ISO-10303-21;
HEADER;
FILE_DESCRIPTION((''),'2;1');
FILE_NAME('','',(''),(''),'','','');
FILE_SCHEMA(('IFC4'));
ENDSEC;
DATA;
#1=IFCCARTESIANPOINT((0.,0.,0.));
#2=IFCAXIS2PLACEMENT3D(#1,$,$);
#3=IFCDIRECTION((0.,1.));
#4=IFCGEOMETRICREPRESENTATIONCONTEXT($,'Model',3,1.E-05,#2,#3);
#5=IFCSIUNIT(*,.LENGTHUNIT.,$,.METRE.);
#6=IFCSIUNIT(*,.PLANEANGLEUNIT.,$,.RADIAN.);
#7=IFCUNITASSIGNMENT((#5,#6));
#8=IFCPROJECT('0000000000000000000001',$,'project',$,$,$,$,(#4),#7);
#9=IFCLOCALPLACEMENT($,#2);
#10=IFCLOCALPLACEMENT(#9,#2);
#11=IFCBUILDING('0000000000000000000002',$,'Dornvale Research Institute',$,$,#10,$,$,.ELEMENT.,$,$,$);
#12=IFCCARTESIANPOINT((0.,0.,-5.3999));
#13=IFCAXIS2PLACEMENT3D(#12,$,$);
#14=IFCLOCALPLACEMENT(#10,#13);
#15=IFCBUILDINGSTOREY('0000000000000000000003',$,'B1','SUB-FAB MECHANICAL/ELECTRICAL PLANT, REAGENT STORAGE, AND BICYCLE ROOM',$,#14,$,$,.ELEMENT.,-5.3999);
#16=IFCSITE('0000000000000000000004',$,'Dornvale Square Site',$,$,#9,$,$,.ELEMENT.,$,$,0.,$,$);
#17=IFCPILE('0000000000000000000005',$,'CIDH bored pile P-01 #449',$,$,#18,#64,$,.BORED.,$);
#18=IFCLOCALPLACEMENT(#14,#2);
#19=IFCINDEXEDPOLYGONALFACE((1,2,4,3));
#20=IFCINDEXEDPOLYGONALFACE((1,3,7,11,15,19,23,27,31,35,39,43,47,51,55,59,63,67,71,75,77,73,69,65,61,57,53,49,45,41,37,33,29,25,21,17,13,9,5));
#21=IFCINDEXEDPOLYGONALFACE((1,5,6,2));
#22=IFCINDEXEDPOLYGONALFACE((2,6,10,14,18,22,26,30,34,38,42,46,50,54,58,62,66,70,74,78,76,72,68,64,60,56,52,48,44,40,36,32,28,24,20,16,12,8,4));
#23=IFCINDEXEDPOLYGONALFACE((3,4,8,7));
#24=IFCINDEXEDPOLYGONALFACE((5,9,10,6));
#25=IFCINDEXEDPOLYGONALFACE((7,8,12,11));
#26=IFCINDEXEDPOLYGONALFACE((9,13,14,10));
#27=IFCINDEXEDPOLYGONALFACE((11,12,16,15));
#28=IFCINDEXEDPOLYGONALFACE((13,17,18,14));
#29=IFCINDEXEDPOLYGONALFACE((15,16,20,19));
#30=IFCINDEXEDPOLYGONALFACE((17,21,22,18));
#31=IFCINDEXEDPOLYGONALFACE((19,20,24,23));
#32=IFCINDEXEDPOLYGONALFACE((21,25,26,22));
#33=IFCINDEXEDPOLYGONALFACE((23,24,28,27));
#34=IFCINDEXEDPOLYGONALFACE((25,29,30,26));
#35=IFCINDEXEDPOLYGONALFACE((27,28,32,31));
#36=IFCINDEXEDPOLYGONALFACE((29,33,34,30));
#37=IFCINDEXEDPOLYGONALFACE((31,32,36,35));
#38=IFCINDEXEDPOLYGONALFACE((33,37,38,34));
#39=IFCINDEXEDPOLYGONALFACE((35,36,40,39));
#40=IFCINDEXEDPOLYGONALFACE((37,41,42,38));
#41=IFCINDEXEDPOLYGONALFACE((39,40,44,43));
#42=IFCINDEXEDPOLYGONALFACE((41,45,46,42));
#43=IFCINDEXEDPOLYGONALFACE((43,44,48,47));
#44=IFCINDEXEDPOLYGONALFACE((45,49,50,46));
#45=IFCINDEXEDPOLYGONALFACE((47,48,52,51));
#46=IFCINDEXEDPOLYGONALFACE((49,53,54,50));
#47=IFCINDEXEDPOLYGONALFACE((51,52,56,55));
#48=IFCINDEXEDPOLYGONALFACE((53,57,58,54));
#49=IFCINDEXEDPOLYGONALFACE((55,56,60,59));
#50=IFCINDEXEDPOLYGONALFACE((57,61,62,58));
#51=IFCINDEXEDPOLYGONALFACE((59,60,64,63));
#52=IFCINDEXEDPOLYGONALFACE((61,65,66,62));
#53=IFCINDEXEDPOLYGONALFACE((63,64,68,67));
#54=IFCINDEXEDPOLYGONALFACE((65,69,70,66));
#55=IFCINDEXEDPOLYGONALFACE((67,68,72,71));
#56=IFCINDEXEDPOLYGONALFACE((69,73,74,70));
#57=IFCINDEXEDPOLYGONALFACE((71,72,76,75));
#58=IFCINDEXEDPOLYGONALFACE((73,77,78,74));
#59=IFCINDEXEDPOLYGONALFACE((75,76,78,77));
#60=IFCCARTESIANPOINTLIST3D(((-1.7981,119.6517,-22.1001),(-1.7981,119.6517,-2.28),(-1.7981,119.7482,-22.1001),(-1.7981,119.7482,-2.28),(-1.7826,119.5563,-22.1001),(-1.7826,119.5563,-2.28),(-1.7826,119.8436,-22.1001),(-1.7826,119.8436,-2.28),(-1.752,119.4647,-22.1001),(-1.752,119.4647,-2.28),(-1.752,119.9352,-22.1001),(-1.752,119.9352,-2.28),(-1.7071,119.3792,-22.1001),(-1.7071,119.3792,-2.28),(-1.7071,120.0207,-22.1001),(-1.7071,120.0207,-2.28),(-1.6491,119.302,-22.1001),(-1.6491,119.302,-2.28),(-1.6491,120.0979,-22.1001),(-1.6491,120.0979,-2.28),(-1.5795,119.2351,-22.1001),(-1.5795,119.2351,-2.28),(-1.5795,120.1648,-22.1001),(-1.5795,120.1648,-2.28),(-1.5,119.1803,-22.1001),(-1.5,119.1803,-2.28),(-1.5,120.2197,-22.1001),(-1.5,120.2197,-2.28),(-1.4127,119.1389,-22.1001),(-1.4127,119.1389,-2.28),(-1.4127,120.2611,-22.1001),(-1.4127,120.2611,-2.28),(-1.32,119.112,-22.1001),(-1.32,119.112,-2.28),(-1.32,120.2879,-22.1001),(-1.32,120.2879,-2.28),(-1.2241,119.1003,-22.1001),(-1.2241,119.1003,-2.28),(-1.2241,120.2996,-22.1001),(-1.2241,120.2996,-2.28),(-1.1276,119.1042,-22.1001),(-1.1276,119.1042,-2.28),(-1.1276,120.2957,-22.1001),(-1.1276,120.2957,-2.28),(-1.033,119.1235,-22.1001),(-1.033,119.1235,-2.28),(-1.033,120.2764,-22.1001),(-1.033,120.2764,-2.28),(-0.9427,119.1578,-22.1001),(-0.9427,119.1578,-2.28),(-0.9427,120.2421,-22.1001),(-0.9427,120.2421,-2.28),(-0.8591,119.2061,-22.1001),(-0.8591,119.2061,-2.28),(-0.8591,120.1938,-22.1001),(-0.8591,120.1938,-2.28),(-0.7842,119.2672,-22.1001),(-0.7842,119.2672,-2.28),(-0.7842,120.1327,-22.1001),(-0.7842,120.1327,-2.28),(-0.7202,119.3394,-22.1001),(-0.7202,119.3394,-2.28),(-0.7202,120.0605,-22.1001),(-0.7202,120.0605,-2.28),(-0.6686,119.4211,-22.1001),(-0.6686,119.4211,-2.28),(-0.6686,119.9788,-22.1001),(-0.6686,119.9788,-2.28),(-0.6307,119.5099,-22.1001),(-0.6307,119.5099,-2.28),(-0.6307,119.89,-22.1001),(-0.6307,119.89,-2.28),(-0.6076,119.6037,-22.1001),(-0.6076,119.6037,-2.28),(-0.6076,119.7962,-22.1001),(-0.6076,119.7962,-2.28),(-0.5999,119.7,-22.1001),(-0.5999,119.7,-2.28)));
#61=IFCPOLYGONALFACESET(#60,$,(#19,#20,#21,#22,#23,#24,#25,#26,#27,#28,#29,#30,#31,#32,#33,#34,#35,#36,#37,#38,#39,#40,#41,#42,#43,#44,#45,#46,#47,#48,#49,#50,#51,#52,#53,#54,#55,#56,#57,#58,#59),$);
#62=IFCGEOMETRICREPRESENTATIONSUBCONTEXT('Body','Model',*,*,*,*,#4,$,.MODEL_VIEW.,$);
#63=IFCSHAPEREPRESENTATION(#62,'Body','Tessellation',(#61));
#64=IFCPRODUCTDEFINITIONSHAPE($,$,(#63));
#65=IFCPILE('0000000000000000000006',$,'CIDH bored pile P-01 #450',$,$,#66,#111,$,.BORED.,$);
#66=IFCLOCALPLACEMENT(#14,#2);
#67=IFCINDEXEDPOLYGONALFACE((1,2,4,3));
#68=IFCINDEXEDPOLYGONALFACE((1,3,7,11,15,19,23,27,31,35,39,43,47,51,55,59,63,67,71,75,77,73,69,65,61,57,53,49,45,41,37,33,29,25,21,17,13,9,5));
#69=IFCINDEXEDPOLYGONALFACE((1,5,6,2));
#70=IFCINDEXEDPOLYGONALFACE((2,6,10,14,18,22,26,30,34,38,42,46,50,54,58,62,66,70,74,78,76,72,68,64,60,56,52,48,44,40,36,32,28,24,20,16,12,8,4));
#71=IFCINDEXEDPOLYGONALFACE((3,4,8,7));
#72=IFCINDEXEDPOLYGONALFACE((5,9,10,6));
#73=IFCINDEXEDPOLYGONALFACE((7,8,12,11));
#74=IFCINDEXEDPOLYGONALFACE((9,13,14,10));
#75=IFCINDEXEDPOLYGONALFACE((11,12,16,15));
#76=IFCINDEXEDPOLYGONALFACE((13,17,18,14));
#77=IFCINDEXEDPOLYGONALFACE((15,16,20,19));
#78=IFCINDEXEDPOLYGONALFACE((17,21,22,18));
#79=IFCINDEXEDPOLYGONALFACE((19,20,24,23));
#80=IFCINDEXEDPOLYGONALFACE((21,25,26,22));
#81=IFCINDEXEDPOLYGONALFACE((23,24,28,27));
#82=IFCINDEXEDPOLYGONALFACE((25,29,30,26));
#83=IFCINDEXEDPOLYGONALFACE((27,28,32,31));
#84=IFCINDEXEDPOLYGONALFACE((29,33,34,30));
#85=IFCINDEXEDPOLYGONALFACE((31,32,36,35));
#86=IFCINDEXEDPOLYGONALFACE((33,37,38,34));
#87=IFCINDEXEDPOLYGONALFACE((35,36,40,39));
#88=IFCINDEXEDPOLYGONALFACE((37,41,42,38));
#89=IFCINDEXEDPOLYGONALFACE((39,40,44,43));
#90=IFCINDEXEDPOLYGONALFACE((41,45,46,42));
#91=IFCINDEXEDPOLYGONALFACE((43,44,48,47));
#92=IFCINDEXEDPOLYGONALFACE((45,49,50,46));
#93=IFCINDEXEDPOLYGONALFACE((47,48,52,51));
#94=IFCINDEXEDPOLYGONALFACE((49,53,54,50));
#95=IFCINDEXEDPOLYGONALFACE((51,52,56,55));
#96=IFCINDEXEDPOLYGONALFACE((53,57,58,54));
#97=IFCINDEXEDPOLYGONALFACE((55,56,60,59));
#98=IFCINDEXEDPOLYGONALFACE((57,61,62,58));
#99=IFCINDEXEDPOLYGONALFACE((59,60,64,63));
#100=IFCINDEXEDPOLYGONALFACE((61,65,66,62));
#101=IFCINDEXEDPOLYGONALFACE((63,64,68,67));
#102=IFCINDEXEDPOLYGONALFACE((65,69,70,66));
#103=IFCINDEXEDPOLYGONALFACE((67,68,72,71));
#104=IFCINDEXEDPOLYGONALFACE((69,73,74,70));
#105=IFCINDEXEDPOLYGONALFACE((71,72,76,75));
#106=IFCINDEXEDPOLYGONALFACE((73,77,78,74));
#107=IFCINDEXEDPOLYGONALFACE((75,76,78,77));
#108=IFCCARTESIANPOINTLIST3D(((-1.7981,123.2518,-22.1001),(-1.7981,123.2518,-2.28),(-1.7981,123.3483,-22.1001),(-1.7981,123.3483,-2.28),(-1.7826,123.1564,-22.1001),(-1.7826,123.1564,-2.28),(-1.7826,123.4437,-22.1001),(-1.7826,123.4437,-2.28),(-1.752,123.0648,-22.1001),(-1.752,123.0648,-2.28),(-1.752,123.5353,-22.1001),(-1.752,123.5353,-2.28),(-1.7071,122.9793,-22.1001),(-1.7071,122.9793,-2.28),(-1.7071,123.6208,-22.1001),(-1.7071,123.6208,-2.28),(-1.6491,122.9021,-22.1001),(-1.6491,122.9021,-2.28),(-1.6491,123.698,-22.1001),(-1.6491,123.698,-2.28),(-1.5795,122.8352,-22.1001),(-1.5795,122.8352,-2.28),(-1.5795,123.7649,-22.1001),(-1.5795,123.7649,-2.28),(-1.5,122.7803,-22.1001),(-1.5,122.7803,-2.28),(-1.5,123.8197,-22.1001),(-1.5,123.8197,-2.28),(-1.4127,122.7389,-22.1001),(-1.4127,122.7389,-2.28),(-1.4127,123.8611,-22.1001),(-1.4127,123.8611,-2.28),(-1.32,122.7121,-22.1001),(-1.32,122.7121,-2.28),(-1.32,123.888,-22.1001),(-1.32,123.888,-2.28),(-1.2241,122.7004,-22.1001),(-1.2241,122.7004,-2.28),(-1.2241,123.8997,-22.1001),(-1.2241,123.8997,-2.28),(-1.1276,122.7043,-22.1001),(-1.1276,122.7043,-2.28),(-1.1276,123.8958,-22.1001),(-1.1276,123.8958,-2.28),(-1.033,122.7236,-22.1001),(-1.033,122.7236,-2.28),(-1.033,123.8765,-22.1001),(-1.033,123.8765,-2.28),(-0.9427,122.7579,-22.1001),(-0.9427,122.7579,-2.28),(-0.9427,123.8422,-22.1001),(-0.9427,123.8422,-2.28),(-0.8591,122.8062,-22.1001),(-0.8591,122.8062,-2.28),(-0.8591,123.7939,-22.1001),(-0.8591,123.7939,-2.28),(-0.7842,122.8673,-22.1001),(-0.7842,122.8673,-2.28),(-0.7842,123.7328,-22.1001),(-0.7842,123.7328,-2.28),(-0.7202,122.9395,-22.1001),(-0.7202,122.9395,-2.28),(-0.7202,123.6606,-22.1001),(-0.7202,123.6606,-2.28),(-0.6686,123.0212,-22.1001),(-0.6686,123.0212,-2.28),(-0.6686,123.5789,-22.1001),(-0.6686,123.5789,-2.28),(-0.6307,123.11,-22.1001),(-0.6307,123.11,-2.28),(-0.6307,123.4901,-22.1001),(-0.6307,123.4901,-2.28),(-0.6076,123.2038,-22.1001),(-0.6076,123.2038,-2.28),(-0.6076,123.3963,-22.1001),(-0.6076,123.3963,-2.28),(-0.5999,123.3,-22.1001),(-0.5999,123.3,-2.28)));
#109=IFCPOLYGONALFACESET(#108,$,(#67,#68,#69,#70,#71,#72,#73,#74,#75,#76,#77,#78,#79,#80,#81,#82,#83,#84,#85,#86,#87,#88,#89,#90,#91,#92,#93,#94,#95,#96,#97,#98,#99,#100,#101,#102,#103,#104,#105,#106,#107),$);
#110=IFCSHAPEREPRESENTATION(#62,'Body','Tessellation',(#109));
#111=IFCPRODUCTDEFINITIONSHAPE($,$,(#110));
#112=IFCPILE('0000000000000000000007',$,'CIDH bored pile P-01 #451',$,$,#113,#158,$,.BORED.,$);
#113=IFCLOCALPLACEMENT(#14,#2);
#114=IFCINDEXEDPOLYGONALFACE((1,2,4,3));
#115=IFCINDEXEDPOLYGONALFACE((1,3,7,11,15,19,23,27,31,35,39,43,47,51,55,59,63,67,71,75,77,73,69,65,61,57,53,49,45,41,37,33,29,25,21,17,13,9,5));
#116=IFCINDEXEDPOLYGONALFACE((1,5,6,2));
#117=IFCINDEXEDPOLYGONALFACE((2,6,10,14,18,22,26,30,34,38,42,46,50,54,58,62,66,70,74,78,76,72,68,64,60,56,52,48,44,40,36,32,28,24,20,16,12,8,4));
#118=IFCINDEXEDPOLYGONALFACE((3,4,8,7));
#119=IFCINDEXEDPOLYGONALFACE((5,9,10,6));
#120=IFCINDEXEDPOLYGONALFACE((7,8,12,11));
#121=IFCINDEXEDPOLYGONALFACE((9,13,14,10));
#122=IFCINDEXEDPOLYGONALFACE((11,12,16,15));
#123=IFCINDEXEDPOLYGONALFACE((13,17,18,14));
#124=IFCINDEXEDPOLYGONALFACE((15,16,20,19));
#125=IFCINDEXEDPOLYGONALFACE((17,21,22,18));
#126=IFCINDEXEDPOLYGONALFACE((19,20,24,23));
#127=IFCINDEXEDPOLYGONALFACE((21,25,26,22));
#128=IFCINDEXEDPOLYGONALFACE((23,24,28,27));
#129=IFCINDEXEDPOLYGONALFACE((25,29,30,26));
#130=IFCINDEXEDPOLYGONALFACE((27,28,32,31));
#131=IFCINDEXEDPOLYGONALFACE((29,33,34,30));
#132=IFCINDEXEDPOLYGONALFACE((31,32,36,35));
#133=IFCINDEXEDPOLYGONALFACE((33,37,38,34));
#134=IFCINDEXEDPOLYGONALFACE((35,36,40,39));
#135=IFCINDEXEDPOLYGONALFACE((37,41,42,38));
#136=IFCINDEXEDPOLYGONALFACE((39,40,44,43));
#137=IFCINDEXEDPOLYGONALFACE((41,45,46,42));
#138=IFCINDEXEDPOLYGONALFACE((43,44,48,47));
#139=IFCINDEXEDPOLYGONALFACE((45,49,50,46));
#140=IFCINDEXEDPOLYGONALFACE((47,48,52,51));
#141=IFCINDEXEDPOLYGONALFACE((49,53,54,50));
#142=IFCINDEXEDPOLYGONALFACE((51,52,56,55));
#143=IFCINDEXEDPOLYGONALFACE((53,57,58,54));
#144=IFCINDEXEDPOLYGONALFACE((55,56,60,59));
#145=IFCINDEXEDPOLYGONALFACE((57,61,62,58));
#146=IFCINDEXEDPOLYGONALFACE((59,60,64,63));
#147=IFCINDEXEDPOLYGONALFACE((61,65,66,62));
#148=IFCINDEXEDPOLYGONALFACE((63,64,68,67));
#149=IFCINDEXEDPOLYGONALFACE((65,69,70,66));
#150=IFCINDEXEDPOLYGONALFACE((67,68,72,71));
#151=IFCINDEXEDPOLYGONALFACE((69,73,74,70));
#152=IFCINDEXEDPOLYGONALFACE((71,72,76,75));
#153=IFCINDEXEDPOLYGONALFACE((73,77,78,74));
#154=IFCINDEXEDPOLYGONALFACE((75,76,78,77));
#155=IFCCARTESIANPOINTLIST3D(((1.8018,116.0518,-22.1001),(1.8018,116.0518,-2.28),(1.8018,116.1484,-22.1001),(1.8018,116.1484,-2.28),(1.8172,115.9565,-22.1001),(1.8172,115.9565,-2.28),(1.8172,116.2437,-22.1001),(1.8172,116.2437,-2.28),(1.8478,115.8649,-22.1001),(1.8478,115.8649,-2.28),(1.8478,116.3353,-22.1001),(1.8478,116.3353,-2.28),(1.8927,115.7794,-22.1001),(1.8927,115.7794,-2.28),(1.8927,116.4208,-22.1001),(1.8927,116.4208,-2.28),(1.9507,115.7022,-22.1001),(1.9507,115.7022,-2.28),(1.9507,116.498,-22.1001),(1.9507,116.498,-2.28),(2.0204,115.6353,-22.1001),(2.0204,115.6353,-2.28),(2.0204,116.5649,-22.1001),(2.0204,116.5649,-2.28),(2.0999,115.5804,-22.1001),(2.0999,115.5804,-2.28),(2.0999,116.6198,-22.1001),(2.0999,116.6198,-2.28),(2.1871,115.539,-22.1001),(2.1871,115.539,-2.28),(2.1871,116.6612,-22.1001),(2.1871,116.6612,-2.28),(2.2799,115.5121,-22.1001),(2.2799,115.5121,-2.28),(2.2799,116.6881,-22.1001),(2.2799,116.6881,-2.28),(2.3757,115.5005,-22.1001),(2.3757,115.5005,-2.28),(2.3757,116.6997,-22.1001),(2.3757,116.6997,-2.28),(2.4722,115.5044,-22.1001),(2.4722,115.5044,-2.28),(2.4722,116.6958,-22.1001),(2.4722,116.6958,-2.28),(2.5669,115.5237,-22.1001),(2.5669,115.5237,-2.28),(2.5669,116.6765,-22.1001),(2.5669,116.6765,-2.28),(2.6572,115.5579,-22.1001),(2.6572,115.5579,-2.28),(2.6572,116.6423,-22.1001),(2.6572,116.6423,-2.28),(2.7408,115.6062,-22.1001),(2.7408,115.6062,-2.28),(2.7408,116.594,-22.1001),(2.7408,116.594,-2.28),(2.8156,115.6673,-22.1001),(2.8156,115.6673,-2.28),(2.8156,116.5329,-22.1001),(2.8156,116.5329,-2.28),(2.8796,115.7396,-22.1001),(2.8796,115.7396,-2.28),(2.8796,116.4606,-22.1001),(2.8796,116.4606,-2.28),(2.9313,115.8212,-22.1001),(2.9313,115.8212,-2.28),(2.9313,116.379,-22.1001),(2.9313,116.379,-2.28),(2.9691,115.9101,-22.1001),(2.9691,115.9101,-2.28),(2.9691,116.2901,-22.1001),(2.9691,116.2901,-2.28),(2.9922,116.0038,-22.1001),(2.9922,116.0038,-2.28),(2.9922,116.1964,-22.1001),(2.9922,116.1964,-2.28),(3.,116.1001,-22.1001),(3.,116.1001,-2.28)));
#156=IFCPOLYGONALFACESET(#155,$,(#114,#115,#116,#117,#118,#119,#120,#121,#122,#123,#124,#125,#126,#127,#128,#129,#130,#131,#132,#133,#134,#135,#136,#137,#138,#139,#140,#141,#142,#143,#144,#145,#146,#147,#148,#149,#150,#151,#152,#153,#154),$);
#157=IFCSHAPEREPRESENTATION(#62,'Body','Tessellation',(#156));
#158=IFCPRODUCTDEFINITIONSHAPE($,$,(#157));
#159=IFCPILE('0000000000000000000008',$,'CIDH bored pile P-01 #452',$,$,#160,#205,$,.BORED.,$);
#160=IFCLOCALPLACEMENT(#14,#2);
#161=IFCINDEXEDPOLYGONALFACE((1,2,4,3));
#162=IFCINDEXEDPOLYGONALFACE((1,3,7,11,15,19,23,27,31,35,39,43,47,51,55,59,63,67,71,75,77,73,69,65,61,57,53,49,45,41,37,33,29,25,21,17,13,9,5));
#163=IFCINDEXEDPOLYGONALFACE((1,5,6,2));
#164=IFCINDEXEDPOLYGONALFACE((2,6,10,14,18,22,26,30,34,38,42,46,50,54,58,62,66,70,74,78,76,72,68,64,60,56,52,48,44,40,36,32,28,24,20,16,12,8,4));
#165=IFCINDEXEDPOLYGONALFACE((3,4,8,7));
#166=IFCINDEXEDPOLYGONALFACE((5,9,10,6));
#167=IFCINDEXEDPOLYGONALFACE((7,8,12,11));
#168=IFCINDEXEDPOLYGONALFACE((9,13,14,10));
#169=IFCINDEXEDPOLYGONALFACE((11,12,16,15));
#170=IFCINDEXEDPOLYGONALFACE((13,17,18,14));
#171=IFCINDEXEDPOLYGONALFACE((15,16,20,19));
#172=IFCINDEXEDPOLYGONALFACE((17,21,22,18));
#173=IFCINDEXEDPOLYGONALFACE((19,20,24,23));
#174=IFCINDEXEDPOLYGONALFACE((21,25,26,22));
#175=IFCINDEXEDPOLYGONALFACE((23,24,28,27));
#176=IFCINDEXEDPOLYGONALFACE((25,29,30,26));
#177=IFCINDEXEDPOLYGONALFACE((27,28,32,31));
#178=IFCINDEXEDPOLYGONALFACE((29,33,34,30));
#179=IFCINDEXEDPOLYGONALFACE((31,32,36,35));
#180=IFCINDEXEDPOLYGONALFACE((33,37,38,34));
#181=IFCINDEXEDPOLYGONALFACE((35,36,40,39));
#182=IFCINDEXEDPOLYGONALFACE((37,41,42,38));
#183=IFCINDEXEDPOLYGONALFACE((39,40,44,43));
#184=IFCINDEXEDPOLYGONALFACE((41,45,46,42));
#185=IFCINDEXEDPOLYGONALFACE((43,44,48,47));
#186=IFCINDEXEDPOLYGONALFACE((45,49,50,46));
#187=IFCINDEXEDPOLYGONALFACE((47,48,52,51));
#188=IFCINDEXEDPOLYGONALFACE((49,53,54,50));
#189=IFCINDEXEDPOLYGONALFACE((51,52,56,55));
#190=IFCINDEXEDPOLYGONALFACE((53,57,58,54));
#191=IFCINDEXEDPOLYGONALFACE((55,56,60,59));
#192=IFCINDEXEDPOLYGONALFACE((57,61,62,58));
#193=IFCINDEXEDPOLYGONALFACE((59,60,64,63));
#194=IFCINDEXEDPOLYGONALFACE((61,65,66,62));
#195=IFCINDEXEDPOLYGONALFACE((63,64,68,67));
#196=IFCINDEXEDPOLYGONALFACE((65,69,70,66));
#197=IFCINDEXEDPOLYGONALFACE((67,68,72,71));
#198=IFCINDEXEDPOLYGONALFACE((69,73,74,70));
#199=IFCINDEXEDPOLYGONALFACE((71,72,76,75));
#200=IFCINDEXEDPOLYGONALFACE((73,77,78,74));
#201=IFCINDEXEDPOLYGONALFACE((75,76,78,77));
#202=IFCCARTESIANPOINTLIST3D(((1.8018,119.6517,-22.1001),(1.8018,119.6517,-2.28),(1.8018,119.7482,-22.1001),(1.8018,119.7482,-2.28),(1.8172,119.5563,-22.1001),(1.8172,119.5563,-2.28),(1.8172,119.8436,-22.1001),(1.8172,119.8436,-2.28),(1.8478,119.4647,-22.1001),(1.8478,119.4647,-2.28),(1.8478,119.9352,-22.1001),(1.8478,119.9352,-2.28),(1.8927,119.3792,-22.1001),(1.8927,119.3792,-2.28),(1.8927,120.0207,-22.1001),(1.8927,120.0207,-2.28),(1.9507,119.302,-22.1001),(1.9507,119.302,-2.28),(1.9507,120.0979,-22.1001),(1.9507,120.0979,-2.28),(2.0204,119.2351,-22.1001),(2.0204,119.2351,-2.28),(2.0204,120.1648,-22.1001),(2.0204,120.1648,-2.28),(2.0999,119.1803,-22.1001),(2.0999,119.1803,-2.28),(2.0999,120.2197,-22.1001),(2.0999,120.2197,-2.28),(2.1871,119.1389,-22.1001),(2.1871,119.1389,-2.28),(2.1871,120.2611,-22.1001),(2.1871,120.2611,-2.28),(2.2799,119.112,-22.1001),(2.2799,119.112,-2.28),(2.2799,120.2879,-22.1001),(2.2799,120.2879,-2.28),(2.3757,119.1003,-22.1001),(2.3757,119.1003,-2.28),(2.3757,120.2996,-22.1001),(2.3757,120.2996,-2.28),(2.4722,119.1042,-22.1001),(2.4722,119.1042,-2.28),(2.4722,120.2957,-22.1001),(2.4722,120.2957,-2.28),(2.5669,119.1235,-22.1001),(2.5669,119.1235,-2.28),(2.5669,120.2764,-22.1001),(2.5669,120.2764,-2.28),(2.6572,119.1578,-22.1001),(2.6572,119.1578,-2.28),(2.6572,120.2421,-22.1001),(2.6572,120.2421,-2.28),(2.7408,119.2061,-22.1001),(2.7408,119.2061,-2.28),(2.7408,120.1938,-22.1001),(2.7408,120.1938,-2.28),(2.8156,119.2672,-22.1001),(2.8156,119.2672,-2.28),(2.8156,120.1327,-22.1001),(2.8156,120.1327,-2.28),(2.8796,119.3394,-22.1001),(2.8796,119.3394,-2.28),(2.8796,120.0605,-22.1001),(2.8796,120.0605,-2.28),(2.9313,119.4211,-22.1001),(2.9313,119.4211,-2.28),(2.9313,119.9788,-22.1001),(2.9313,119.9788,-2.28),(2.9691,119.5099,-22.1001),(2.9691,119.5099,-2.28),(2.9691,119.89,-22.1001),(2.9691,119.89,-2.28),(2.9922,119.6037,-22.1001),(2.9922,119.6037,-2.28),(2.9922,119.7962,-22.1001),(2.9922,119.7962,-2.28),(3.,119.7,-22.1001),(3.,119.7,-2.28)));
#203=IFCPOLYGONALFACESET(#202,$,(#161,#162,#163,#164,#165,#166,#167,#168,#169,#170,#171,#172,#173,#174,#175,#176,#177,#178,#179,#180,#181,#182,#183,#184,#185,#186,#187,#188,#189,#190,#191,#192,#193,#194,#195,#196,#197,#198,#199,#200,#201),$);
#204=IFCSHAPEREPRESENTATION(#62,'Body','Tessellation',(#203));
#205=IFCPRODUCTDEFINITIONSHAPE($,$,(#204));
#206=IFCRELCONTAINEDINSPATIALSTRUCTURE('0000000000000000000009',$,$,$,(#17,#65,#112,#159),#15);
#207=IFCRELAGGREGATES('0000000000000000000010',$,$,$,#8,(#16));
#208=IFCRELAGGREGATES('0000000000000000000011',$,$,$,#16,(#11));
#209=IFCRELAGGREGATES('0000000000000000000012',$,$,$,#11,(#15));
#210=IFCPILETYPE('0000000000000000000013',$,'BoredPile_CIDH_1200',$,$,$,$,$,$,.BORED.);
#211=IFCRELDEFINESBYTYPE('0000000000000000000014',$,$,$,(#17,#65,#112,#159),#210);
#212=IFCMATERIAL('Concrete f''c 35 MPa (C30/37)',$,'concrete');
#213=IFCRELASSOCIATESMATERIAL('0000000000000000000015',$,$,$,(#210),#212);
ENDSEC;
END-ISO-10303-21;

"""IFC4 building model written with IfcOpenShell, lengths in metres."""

from ifc_helpers import new_model, si_unit, direction, frame, origin, origin_2d, place, context, subcontext, project, spatial, circle, extrude, material, material_profile, profile_set, type_object, element, save


model = new_model("IFC4")

# Units and contexts
model_context = context("Model", 3, precision=1e-05, world=origin(), true_north=direction((0.0, 1.0)))
body_context = subcontext(model_context, "Body", "Model", "MODEL_VIEW")
ifc_project = project(units=[si_unit("LENGTHUNIT", "METRE"), si_unit("PLANEANGLEUNIT", "RADIAN")], contexts=[model_context])

# Site, building, storey
site_placement = place(None, origin())
site = spatial("IfcSite", under=ifc_project, at=site_placement, Name="Dornvale Square Site", CompositionType="ELEMENT", RefElevation=0.0)
building_placement = place(site_placement, origin())
building = spatial("IfcBuilding", under=site, at=building_placement, Name="Dornvale Research Institute", CompositionType="ELEMENT")
storey_placement = place(building_placement, frame((0.0, 0.0, -5.3999)))
storey = spatial("IfcBuildingStorey", under=building, at=storey_placement, Name="B1", Description="SUB-FAB MECHANICAL/ELECTRICAL PLANT, REAGENT STORAGE, AND BICYCLE ROOM", CompositionType="ELEMENT", Elevation=-5.3999)

# Piles
ifc_material_1 = material(Name="Concrete f'c 35 MPa (C30/37)", Category="concrete")
ifc_material_profile_1 = material_profile(ifc_material_1, circle(Radius=0.6001, at=origin_2d()), Name="CIDH PILE D1200")
ifc_profile_set_1 = profile_set([ifc_material_profile_1], Name="Concrete f'c 35 MPa (C30/37)")
pile_type = type_object("IfcPileType", Name="BoredPile_CIDH_1200", PredefinedType="BORED", material=ifc_profile_set_1)
for number, where, z_axis, x_axis, name in (
    (1, (-1.2, 119.7, -2.28), (0.0, 0.0, -1.0), (1.0, 0.0, 0.0), "CIDH bored pile P-01 #449"),
    (2, (-1.2, 123.3, -2.28), (0.0, 0.0, -1.0), (1.0, 0.0, 0.0), "CIDH bored pile P-01 #450"),
    (3, (2.3999, 116.1001, -2.28), (0.0, 0.0, -1.0), (1.0, 0.0, 0.0), "CIDH bored pile P-01 #451"),
    (4, (2.3999, 119.7, -2.28), (0.0, 0.0, -1.0), (1.0, 0.0, 0.0), "CIDH bored pile P-01 #452"),
):
    element("IfcPile", number, at=place(storey_placement, frame(where, z_axis=z_axis, x_axis=x_axis)), inside=storey, type_object=pile_type, Name=name, PredefinedType="BORED", context=body_context, shape_type="SweptSolid", body=[
        extrude(circle(Radius=0.6001, at=origin_2d()), origin(), (0.0, 0.0, 1.0), 19.8201),
    ])

save(model, "model.ifc")
